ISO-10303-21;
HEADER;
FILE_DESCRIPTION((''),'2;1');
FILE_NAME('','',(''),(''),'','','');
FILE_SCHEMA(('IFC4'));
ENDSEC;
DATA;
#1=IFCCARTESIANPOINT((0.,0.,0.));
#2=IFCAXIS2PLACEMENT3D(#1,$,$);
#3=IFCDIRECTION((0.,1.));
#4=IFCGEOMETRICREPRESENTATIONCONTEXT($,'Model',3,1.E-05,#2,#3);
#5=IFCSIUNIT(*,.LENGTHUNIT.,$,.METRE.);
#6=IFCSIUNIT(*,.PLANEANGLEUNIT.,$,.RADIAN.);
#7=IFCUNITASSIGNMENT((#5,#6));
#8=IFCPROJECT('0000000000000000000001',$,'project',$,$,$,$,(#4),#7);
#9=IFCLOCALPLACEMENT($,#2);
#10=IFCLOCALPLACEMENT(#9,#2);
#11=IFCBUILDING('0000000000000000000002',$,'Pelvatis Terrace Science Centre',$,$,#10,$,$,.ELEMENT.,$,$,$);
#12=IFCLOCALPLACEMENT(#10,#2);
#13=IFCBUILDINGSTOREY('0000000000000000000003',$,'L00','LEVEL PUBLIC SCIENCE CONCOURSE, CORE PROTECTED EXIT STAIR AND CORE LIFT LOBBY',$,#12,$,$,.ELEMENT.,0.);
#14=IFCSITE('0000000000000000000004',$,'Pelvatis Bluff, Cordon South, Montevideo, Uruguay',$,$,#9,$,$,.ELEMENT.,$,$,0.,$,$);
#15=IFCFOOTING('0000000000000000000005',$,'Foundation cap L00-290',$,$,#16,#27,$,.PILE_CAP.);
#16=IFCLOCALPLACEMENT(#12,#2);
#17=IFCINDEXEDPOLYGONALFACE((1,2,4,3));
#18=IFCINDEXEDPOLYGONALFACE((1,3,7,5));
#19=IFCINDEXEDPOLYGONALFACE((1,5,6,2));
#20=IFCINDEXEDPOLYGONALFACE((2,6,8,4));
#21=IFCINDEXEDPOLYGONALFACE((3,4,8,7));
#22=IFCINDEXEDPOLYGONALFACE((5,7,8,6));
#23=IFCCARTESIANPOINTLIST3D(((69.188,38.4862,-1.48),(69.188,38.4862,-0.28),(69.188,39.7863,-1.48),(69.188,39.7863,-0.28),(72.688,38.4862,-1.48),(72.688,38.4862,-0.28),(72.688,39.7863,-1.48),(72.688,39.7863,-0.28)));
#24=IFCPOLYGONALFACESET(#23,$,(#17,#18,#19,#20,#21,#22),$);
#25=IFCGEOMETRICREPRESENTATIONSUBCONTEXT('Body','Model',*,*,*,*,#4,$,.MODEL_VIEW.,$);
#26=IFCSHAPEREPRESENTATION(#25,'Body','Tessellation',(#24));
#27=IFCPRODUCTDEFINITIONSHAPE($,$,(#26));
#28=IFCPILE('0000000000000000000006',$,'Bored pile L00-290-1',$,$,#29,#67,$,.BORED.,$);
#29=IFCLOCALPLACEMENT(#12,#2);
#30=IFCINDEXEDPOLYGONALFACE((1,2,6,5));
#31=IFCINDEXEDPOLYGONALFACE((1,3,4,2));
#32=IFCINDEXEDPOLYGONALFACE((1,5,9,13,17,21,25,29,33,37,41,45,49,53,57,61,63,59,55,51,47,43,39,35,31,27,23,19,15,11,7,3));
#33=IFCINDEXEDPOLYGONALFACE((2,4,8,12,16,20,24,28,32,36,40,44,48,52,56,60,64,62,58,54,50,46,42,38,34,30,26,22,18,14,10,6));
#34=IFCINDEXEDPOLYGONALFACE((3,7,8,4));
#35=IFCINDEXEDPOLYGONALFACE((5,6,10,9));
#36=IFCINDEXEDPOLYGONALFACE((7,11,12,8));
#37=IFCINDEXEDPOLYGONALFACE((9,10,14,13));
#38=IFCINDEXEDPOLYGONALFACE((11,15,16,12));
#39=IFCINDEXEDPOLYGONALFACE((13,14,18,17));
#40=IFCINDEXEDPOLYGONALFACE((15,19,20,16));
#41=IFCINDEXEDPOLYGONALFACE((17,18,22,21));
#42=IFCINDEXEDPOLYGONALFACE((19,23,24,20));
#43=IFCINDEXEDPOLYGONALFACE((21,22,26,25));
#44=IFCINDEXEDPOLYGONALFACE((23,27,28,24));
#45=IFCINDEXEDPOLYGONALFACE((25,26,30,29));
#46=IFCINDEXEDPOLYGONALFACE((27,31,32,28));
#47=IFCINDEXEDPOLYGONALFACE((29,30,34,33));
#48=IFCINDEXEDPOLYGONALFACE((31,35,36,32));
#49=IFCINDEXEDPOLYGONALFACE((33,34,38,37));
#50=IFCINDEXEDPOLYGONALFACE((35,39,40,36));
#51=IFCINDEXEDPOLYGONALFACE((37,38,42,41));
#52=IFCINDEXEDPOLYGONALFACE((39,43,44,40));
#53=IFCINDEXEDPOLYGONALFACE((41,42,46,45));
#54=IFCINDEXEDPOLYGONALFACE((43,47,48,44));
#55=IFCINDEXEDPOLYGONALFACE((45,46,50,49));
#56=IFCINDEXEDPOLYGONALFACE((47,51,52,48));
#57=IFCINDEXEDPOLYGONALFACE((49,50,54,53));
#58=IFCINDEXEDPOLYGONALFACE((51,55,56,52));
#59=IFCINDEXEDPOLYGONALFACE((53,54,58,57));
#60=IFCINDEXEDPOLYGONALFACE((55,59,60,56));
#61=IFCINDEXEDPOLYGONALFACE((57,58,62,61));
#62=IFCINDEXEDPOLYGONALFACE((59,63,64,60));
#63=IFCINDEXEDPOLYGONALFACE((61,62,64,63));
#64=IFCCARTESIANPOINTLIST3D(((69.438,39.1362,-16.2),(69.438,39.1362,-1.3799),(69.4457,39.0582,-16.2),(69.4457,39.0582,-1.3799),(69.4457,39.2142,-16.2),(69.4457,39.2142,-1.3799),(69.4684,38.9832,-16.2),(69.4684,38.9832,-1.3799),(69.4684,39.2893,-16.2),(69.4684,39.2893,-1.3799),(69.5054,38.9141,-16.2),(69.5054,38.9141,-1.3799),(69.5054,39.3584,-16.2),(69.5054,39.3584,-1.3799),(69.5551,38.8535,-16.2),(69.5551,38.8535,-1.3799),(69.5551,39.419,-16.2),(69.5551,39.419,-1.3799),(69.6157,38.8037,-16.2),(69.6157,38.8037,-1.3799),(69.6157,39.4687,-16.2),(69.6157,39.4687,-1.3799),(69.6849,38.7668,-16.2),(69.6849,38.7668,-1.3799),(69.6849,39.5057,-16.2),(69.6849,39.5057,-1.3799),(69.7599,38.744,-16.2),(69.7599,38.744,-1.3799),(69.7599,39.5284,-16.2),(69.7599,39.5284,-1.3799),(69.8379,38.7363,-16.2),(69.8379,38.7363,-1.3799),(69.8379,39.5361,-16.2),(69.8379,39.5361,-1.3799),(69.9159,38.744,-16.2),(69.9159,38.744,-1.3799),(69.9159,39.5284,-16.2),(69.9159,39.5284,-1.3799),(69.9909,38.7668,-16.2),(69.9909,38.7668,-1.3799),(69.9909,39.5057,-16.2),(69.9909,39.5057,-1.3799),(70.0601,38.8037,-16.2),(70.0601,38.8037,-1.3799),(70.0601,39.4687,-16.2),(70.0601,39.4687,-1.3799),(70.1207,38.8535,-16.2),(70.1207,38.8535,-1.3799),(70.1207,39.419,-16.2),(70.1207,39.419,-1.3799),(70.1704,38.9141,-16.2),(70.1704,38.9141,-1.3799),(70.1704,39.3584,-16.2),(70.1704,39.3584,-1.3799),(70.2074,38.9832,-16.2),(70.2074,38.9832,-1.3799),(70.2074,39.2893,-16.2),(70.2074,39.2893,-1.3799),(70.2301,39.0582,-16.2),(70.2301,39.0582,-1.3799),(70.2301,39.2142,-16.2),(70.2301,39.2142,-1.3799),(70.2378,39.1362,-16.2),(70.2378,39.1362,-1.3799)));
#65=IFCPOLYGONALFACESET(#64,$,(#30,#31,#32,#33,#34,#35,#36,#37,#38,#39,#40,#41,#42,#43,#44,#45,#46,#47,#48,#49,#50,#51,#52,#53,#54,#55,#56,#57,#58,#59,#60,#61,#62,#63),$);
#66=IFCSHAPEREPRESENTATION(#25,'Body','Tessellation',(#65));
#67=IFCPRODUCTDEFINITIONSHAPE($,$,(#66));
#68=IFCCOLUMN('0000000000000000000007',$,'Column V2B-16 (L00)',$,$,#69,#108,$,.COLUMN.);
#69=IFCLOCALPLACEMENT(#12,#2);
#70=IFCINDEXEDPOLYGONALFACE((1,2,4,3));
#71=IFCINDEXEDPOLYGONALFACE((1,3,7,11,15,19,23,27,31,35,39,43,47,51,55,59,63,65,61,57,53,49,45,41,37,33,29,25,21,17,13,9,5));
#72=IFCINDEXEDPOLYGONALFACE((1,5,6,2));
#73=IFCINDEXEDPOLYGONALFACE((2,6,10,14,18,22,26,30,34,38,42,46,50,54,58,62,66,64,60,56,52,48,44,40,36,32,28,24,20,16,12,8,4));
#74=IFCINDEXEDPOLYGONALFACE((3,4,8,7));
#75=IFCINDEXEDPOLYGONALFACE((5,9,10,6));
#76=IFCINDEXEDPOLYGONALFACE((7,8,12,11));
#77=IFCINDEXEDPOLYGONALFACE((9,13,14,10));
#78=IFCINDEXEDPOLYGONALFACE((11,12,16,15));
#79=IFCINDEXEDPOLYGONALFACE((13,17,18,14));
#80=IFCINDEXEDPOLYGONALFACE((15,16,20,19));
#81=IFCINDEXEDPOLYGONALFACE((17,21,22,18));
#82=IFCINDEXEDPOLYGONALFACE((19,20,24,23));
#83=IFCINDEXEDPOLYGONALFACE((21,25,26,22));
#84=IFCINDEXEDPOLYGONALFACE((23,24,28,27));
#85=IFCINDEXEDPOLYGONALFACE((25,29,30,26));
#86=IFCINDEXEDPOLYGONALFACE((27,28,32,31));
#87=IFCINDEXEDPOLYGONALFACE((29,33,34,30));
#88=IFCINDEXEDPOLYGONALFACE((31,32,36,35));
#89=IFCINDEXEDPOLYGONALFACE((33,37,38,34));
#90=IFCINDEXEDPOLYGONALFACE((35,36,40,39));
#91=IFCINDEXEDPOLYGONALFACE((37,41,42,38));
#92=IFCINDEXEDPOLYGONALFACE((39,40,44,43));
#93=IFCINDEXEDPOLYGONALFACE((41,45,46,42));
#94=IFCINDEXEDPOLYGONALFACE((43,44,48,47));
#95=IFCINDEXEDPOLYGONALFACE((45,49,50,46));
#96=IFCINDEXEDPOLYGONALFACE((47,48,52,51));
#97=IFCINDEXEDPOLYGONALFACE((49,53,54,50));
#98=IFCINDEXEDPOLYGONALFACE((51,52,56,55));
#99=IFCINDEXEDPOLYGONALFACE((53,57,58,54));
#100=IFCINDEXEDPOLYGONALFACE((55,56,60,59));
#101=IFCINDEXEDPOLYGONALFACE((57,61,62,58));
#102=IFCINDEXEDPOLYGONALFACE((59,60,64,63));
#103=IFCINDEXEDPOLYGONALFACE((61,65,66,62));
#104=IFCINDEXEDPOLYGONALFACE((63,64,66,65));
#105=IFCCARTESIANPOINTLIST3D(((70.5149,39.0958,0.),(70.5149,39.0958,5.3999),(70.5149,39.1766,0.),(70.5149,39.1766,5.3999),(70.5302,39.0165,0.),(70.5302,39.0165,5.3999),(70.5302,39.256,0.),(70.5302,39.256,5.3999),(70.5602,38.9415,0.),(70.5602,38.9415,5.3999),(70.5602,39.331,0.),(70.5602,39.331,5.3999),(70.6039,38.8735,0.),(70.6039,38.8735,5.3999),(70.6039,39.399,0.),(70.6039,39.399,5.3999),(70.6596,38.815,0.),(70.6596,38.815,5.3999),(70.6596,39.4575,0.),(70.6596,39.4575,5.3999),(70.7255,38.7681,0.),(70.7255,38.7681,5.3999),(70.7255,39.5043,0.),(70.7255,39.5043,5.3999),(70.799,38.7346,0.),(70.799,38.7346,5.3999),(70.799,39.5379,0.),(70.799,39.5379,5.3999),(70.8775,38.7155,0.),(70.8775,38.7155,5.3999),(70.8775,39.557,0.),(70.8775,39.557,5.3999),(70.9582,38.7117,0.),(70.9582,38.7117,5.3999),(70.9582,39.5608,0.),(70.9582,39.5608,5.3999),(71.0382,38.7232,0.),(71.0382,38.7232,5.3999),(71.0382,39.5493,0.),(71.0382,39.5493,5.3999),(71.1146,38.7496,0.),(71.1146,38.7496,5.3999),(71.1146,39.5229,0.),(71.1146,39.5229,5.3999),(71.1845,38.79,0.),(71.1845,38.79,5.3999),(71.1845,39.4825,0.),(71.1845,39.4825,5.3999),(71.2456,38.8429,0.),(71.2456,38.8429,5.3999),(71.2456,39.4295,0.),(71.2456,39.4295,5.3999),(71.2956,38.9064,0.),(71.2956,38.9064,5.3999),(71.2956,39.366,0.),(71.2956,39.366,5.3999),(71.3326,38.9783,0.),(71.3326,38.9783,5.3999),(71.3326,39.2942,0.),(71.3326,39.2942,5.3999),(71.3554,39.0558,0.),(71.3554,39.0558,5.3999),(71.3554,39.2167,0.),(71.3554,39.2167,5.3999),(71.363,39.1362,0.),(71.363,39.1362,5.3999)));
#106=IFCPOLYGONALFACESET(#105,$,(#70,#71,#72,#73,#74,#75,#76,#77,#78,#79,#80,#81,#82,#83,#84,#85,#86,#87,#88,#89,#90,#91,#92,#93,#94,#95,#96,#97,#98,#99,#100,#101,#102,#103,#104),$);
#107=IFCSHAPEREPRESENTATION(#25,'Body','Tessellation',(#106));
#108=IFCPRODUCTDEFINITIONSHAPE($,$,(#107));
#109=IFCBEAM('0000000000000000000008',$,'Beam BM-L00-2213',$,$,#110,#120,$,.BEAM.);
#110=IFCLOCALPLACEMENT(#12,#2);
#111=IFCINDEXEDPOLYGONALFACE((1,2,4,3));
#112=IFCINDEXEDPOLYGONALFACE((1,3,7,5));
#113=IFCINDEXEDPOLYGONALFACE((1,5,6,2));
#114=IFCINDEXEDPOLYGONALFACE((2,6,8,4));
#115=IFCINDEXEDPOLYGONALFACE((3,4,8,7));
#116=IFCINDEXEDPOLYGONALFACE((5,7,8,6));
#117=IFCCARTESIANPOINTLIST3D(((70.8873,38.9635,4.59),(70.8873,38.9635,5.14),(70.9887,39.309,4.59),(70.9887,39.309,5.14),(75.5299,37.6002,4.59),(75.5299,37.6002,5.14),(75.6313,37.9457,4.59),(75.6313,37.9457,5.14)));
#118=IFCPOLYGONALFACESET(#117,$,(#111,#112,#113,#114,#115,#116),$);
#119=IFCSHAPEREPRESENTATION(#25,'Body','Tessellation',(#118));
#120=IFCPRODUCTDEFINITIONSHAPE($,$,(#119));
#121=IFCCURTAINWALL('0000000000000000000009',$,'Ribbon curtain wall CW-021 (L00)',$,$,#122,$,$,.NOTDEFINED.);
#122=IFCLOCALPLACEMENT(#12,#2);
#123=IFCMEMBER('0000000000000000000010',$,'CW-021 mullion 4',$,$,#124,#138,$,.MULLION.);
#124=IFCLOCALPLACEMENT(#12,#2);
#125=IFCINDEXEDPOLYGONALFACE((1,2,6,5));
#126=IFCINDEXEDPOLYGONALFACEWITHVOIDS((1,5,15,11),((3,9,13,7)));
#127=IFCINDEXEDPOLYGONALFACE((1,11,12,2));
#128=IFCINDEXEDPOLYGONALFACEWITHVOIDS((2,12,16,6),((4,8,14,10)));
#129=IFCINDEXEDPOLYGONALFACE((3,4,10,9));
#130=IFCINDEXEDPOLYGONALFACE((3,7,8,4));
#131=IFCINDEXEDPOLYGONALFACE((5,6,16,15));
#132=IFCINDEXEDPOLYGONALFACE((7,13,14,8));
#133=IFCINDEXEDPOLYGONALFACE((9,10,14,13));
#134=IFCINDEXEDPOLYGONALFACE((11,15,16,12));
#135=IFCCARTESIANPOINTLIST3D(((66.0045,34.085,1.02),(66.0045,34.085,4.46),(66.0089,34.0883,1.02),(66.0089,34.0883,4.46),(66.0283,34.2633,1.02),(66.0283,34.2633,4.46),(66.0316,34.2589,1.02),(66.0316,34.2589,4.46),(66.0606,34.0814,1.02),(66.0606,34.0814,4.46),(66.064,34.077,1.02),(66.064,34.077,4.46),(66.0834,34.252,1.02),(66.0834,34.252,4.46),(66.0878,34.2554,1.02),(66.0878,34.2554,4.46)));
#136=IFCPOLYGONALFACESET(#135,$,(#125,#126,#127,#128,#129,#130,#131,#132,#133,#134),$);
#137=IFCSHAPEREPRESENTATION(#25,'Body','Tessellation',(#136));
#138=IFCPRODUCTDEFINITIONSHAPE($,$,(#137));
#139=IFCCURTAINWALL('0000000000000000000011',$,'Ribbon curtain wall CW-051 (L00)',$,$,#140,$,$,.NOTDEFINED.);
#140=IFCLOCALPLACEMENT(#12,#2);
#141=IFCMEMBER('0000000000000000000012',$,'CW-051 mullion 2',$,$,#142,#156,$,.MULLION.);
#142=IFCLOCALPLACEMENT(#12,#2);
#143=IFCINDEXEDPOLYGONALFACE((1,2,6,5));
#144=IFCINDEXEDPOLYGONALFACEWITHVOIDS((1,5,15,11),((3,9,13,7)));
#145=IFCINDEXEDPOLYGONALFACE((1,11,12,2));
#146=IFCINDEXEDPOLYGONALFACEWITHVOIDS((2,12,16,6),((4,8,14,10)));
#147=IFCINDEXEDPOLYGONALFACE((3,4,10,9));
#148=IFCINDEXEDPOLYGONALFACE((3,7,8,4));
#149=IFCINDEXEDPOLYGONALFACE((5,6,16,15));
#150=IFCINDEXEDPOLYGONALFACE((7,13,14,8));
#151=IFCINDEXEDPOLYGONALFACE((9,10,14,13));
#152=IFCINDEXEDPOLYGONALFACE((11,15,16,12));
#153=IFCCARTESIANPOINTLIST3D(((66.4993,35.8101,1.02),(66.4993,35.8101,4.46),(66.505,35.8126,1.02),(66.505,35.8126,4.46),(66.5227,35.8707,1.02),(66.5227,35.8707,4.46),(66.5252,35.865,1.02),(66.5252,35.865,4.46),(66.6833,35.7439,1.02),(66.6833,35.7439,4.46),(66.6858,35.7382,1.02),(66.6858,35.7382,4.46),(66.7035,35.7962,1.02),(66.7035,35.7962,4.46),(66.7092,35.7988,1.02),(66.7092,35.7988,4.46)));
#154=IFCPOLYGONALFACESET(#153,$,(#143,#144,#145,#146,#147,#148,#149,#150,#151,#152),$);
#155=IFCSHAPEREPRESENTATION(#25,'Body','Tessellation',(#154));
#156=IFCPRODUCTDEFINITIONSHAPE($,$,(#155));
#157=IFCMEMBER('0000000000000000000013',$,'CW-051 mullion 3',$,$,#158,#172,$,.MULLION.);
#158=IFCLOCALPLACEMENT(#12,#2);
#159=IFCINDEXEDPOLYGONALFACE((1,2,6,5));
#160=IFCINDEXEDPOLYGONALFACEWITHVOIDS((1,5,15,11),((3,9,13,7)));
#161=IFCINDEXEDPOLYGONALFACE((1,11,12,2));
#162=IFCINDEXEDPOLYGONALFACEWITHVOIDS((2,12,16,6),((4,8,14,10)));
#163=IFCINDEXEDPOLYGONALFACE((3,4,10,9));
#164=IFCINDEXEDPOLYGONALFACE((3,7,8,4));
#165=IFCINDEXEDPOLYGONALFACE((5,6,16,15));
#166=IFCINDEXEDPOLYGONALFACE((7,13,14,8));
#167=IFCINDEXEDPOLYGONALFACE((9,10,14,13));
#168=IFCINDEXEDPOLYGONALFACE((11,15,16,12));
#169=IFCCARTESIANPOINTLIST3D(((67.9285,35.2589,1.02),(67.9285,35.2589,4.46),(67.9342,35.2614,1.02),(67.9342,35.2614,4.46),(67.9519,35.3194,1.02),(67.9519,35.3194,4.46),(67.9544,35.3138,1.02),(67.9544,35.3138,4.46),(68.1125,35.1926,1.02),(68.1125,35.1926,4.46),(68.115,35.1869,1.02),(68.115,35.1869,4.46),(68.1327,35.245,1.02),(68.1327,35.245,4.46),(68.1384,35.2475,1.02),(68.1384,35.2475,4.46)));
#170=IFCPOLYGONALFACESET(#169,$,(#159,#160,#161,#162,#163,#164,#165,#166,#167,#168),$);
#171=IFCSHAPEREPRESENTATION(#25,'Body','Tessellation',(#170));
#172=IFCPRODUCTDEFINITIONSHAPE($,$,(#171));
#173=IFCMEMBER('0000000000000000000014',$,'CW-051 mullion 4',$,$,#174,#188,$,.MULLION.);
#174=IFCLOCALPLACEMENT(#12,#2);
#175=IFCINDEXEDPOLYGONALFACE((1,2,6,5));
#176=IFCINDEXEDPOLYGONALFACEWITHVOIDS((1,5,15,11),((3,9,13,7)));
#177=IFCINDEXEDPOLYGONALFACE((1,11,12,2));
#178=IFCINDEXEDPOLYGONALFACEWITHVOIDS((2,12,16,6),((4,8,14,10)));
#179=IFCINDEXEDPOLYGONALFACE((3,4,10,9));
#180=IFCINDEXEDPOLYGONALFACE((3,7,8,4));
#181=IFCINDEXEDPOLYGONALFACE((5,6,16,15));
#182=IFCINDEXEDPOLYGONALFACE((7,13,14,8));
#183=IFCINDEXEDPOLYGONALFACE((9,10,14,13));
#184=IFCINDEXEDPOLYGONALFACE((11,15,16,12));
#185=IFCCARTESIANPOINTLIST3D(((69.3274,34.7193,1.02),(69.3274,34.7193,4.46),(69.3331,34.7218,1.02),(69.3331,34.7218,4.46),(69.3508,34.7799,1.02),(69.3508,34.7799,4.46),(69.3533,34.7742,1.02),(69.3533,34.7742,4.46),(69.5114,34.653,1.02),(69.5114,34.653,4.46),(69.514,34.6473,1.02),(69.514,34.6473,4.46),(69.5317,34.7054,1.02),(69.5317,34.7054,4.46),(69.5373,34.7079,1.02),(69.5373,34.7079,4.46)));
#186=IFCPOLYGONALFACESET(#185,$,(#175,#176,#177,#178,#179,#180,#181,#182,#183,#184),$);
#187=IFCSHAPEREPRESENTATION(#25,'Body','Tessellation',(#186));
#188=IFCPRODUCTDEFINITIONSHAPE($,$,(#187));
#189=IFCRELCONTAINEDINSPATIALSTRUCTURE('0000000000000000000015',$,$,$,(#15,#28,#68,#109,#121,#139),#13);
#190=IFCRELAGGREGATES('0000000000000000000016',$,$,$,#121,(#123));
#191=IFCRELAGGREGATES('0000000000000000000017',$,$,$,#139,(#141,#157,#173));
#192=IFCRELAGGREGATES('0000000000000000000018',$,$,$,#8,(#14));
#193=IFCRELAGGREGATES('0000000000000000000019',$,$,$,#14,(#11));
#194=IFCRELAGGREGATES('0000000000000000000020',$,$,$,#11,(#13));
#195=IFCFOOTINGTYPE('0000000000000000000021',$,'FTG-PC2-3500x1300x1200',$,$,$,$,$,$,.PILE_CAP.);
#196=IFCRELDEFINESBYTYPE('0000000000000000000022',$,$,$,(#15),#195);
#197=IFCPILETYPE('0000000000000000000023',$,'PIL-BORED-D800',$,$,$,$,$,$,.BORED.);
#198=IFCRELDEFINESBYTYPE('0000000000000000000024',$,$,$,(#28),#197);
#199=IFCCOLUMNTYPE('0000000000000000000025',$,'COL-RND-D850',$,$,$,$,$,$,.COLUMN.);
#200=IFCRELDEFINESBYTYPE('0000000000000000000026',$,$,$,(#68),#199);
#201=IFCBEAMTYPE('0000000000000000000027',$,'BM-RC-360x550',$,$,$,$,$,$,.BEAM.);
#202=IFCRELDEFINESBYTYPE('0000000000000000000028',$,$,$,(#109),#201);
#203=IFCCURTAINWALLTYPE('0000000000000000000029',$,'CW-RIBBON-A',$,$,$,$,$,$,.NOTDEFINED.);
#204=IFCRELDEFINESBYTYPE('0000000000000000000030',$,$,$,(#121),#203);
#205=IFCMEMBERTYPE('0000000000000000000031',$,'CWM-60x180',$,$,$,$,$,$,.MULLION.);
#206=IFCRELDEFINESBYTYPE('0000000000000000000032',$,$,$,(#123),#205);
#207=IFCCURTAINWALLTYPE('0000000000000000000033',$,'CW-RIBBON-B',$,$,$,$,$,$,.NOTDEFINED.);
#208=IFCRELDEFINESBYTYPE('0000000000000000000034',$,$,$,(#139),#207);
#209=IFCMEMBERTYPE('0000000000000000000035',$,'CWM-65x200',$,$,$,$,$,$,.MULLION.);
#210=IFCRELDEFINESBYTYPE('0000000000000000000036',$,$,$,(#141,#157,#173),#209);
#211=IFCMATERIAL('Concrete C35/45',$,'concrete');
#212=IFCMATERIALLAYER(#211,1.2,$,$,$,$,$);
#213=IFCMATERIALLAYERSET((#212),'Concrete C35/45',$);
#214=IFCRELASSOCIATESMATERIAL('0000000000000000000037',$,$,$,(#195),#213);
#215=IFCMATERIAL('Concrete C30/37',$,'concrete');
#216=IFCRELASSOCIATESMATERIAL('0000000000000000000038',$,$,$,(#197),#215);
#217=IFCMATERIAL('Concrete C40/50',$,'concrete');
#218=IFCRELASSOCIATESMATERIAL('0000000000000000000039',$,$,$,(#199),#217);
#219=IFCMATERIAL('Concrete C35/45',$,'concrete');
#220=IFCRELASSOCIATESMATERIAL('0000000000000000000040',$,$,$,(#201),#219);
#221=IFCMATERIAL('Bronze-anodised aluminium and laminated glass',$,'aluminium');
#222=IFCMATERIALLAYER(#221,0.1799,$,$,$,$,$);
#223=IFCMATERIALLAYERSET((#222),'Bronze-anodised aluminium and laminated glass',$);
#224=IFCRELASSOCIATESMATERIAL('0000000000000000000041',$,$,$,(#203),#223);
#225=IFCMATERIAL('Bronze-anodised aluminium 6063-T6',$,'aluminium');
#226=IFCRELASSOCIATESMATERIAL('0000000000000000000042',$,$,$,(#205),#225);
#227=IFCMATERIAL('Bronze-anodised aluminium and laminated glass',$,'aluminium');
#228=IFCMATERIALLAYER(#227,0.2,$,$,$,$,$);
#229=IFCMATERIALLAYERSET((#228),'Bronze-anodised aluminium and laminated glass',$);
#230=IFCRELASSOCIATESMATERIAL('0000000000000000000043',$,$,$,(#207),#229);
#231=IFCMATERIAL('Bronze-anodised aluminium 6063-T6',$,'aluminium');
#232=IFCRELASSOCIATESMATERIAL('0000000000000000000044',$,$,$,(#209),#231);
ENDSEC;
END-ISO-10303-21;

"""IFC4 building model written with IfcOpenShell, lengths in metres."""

from ifc_helpers import new_model, si_unit, direction, frame, origin, origin_2d, place, context, subcontext, project, spatial, rectangle, hollow_rectangle, circle, extrude, material, layer, layer_set, material_profile, profile_set, type_object, element, aggregate, save


model = new_model("IFC4")

# Units and contexts
model_context = context("Model", 3, precision=1e-05, world=origin(), true_north=direction((0.0, 1.0)))
body_context = subcontext(model_context, "Body", "Model", "MODEL_VIEW")
ifc_project = project(units=[si_unit("LENGTHUNIT", "METRE"), si_unit("PLANEANGLEUNIT", "RADIAN")], contexts=[model_context])

# Site, building, storey
site_placement = place(None, origin())
site = spatial("IfcSite", under=ifc_project, at=site_placement, Name="Pelvatis Bluff, Cordon South, Montevideo, Uruguay", CompositionType="ELEMENT", RefElevation=0.0)
building_placement = place(site_placement, origin())
building = spatial("IfcBuilding", under=site, at=building_placement, Name="Pelvatis Terrace Science Centre", CompositionType="ELEMENT")
storey_placement = place(building_placement, origin())
storey = spatial("IfcBuildingStorey", under=building, at=storey_placement, Name="L00", Description="LEVEL PUBLIC SCIENCE CONCOURSE, CORE PROTECTED EXIT STAIR AND CORE LIFT LOBBY", CompositionType="ELEMENT", Elevation=0.0)

# Footing
ifc_material_1 = material(Name="Concrete C35/45", Category="concrete")
ifc_layer_1 = layer(ifc_material_1, 1.2)
ifc_layer_set_1 = layer_set([ifc_layer_1], Name="Concrete C35/45")
footing_type = type_object("IfcFootingType", Name="FTG-PC2-3500x1300x1200", PredefinedType="PILE_CAP", material=ifc_layer_set_1)
footing_placement = place(storey_placement, frame((70.938, 39.1362, -1.48), z_axis=(0.0, 0.0, 1.0), x_axis=(1.0, 0.0, 0.0)))
element("IfcFooting", 1, at=footing_placement, inside=storey, type_object=footing_type, Name="Foundation cap L00-290", PredefinedType="PILE_CAP", context=body_context, shape_type="SweptSolid", body=[
    extrude(rectangle(XDim=3.5, YDim=1.3, at=origin_2d()), origin(), (0.0, 0.0, 1.0), 1.2),
])

# Pile
ifc_material_2 = material(Name="Concrete C30/37", Category="concrete")
ifc_material_profile_1 = material_profile(ifc_material_2, circle(Radius=0.3999, at=origin_2d()), Name="PILE D800")
ifc_profile_set_1 = profile_set([ifc_material_profile_1], Name="Concrete C30/37")
pile_type = type_object("IfcPileType", Name="PIL-BORED-D800", PredefinedType="BORED", material=ifc_profile_set_1)
pile_placement = place(storey_placement, frame((69.8379, 39.1362, -1.3799), z_axis=(0.0, 0.0, -1.0), x_axis=(1.0, 0.0, 0.0)))
element("IfcPile", 2, at=pile_placement, inside=storey, type_object=pile_type, Name="Bored pile L00-290-1", PredefinedType="BORED", context=body_context, shape_type="SweptSolid", body=[
    extrude(circle(Radius=0.3999, at=origin_2d()), origin(), (0.0, 0.0, 1.0), 14.8201),
])

# Column
ifc_material_3 = material(Name="Concrete C40/50", Category="concrete")
ifc_material_profile_2 = material_profile(ifc_material_3, circle(Radius=0.425, at=origin_2d()), Name="RC-RCOL D850")
ifc_profile_set_2 = profile_set([ifc_material_profile_2], Name="Concrete C40/50")
column_type = type_object("IfcColumnType", Name="COL-RND-D850", PredefinedType="COLUMN", material=ifc_profile_set_2)
column_placement = place(storey_placement, frame((70.938, 39.1362, 0.0), z_axis=(0.0, 0.0, 1.0), x_axis=(1.0, 0.0, 0.0)))
element("IfcColumn", 3, at=column_placement, inside=storey, type_object=column_type, Name="Column V2B-16 (L00)", PredefinedType="COLUMN", context=body_context, shape_type="SweptSolid", body=[
    extrude(circle(Radius=0.425, at=origin_2d()), origin(), (0.0, 0.0, 1.0), 5.3999),
])

# Beam
ifc_material_4 = material(Name="Concrete C35/45", Category="concrete")
ifc_material_profile_3 = material_profile(ifc_material_4, rectangle(XDim=0.3601, YDim=0.55, at=origin_2d()), Name="RC-BM 360x550")
ifc_profile_set_3 = profile_set([ifc_material_profile_3], Name="Concrete C35/45")
beam_type = type_object("IfcBeamType", Name="BM-RC-360x550", PredefinedType="BEAM", material=ifc_profile_set_3)
beam_placement = place(storey_placement, frame((70.938, 39.1362, 4.865), z_axis=(0.959488, -0.281751, 0.0), x_axis=(0.281751, 0.959488, 0.0)))
element("IfcBeam", 4, at=beam_placement, inside=storey, type_object=beam_type, Name="Beam BM-L00-2213", PredefinedType="BEAM", context=body_context, shape_type="SweptSolid", body=[
    extrude(rectangle(XDim=0.3601, YDim=0.55, at=origin_2d()), origin(), (0.0, 0.0, 1.0), 4.8386),
])

# Curtain wall, member
ifc_material_5 = material(Name="Bronze-anodised aluminium and laminated glass", Category="aluminium")
ifc_layer_2 = layer(ifc_material_5, 0.1799)
ifc_layer_set_2 = layer_set([ifc_layer_2], Name="Bronze-anodised aluminium and laminated glass")
curtain_wall_type_1 = type_object("IfcCurtainWallType", Name="CW-RIBBON-A", PredefinedType="NOTDEFINED", material=ifc_layer_set_2)
curtain_wall_1_placement = place(storey_placement, origin())
curtain_wall_1 = element("IfcCurtainWall", 5, at=curtain_wall_1_placement, inside=storey, type_object=curtain_wall_type_1, Name="Ribbon curtain wall CW-021 (L00)", PredefinedType="NOTDEFINED")
ifc_material_6 = material(Name="Bronze-anodised aluminium 6063-T6", Category="aluminium")
ifc_material_profile_4 = material_profile(ifc_material_6, hollow_rectangle(XDim=0.0601, YDim=0.1799, WallThickness=0.0039, at=origin_2d()), Name="ALU-MUL 60x180")
ifc_profile_set_4 = profile_set([ifc_material_profile_4], Name="Bronze-anodised aluminium 6063-T6")
member_type_1 = type_object("IfcMemberType", Name="CWM-60x180", PredefinedType="MULLION", material=ifc_profile_set_4)
member_1_placement = place(storey_placement, frame((66.0461, 34.1702, 1.02), z_axis=(0.0, 0.0, 1.0), x_axis=(-0.991197, 0.132392, 0.0)))
member_1 = element("IfcMember", 6, at=member_1_placement, type_object=member_type_1, Name="CW-021 mullion 4", PredefinedType="MULLION", context=body_context, shape_type="SweptSolid", body=[
    extrude(hollow_rectangle(XDim=0.0601, YDim=0.1799, WallThickness=0.0039, at=origin_2d()), origin(), (0.0, 0.0, 1.0), 3.4399),
])
aggregate(curtain_wall_1, [member_1])

# Curtain wall, members
ifc_material_7 = material(Name="Bronze-anodised aluminium and laminated glass", Category="aluminium")
ifc_layer_3 = layer(ifc_material_7, 0.2)
ifc_layer_set_3 = layer_set([ifc_layer_3], Name="Bronze-anodised aluminium and laminated glass")
curtain_wall_type_2 = type_object("IfcCurtainWallType", Name="CW-RIBBON-B", PredefinedType="NOTDEFINED", material=ifc_layer_set_3)
curtain_wall_2_placement = place(storey_placement, origin())
curtain_wall_2 = element("IfcCurtainWall", 7, at=curtain_wall_2_placement, inside=storey, type_object=curtain_wall_type_2, Name="Ribbon curtain wall CW-051 (L00)", PredefinedType="NOTDEFINED")
ifc_material_8 = material(Name="Bronze-anodised aluminium 6063-T6", Category="aluminium")
ifc_material_profile_5 = material_profile(ifc_material_8, hollow_rectangle(XDim=0.0649, YDim=0.2, WallThickness=0.0044, at=origin_2d()), Name="ALU-MUL 65x200")
ifc_profile_set_5 = profile_set([ifc_material_profile_5], Name="Bronze-anodised aluminium 6063-T6")
member_type_2 = type_object("IfcMemberType", Name="CWM-65x200", PredefinedType="MULLION", material=ifc_profile_set_5)
member_2_placement = place(storey_placement, frame((66.6042, 35.8044, 1.02), z_axis=(0.0, 0.0, 1.0), x_axis=(0.359874, 0.933001, 0.0)))
member_2 = element("IfcMember", 8, at=member_2_placement, type_object=member_type_2, Name="CW-051 mullion 2", PredefinedType="MULLION", context=body_context, shape_type="SweptSolid", body=[
    extrude(hollow_rectangle(XDim=0.0649, YDim=0.2, WallThickness=0.0044, at=origin_2d()), origin(), (0.0, 0.0, 1.0), 3.4399),
])
member_3_placement = place(storey_placement, frame((68.0334, 35.2532, 1.02), z_axis=(0.0, 0.0, 1.0), x_axis=(0.359874, 0.933001, 0.0)))
member_3 = element("IfcMember", 9, at=member_3_placement, type_object=member_type_2, Name="CW-051 mullion 3", PredefinedType="MULLION", context=body_context, shape_type="SweptSolid", body=[
    extrude(hollow_rectangle(XDim=0.0649, YDim=0.2, WallThickness=0.0044, at=origin_2d()), origin(), (0.0, 0.0, 1.0), 3.4399),
])
member_4_placement = place(storey_placement, frame((69.4324, 34.7136, 1.02), z_axis=(0.0, 0.0, 1.0), x_axis=(0.359874, 0.933001, 0.0)))
member_4 = element("IfcMember", 10, at=member_4_placement, type_object=member_type_2, Name="CW-051 mullion 4", PredefinedType="MULLION", context=body_context, shape_type="SweptSolid", body=[
    extrude(hollow_rectangle(XDim=0.0649, YDim=0.2, WallThickness=0.0044, at=origin_2d()), origin(), (0.0, 0.0, 1.0), 3.4399),
])
aggregate(curtain_wall_2, [member_2, member_3, member_4])

save(model, "model.ifc")
